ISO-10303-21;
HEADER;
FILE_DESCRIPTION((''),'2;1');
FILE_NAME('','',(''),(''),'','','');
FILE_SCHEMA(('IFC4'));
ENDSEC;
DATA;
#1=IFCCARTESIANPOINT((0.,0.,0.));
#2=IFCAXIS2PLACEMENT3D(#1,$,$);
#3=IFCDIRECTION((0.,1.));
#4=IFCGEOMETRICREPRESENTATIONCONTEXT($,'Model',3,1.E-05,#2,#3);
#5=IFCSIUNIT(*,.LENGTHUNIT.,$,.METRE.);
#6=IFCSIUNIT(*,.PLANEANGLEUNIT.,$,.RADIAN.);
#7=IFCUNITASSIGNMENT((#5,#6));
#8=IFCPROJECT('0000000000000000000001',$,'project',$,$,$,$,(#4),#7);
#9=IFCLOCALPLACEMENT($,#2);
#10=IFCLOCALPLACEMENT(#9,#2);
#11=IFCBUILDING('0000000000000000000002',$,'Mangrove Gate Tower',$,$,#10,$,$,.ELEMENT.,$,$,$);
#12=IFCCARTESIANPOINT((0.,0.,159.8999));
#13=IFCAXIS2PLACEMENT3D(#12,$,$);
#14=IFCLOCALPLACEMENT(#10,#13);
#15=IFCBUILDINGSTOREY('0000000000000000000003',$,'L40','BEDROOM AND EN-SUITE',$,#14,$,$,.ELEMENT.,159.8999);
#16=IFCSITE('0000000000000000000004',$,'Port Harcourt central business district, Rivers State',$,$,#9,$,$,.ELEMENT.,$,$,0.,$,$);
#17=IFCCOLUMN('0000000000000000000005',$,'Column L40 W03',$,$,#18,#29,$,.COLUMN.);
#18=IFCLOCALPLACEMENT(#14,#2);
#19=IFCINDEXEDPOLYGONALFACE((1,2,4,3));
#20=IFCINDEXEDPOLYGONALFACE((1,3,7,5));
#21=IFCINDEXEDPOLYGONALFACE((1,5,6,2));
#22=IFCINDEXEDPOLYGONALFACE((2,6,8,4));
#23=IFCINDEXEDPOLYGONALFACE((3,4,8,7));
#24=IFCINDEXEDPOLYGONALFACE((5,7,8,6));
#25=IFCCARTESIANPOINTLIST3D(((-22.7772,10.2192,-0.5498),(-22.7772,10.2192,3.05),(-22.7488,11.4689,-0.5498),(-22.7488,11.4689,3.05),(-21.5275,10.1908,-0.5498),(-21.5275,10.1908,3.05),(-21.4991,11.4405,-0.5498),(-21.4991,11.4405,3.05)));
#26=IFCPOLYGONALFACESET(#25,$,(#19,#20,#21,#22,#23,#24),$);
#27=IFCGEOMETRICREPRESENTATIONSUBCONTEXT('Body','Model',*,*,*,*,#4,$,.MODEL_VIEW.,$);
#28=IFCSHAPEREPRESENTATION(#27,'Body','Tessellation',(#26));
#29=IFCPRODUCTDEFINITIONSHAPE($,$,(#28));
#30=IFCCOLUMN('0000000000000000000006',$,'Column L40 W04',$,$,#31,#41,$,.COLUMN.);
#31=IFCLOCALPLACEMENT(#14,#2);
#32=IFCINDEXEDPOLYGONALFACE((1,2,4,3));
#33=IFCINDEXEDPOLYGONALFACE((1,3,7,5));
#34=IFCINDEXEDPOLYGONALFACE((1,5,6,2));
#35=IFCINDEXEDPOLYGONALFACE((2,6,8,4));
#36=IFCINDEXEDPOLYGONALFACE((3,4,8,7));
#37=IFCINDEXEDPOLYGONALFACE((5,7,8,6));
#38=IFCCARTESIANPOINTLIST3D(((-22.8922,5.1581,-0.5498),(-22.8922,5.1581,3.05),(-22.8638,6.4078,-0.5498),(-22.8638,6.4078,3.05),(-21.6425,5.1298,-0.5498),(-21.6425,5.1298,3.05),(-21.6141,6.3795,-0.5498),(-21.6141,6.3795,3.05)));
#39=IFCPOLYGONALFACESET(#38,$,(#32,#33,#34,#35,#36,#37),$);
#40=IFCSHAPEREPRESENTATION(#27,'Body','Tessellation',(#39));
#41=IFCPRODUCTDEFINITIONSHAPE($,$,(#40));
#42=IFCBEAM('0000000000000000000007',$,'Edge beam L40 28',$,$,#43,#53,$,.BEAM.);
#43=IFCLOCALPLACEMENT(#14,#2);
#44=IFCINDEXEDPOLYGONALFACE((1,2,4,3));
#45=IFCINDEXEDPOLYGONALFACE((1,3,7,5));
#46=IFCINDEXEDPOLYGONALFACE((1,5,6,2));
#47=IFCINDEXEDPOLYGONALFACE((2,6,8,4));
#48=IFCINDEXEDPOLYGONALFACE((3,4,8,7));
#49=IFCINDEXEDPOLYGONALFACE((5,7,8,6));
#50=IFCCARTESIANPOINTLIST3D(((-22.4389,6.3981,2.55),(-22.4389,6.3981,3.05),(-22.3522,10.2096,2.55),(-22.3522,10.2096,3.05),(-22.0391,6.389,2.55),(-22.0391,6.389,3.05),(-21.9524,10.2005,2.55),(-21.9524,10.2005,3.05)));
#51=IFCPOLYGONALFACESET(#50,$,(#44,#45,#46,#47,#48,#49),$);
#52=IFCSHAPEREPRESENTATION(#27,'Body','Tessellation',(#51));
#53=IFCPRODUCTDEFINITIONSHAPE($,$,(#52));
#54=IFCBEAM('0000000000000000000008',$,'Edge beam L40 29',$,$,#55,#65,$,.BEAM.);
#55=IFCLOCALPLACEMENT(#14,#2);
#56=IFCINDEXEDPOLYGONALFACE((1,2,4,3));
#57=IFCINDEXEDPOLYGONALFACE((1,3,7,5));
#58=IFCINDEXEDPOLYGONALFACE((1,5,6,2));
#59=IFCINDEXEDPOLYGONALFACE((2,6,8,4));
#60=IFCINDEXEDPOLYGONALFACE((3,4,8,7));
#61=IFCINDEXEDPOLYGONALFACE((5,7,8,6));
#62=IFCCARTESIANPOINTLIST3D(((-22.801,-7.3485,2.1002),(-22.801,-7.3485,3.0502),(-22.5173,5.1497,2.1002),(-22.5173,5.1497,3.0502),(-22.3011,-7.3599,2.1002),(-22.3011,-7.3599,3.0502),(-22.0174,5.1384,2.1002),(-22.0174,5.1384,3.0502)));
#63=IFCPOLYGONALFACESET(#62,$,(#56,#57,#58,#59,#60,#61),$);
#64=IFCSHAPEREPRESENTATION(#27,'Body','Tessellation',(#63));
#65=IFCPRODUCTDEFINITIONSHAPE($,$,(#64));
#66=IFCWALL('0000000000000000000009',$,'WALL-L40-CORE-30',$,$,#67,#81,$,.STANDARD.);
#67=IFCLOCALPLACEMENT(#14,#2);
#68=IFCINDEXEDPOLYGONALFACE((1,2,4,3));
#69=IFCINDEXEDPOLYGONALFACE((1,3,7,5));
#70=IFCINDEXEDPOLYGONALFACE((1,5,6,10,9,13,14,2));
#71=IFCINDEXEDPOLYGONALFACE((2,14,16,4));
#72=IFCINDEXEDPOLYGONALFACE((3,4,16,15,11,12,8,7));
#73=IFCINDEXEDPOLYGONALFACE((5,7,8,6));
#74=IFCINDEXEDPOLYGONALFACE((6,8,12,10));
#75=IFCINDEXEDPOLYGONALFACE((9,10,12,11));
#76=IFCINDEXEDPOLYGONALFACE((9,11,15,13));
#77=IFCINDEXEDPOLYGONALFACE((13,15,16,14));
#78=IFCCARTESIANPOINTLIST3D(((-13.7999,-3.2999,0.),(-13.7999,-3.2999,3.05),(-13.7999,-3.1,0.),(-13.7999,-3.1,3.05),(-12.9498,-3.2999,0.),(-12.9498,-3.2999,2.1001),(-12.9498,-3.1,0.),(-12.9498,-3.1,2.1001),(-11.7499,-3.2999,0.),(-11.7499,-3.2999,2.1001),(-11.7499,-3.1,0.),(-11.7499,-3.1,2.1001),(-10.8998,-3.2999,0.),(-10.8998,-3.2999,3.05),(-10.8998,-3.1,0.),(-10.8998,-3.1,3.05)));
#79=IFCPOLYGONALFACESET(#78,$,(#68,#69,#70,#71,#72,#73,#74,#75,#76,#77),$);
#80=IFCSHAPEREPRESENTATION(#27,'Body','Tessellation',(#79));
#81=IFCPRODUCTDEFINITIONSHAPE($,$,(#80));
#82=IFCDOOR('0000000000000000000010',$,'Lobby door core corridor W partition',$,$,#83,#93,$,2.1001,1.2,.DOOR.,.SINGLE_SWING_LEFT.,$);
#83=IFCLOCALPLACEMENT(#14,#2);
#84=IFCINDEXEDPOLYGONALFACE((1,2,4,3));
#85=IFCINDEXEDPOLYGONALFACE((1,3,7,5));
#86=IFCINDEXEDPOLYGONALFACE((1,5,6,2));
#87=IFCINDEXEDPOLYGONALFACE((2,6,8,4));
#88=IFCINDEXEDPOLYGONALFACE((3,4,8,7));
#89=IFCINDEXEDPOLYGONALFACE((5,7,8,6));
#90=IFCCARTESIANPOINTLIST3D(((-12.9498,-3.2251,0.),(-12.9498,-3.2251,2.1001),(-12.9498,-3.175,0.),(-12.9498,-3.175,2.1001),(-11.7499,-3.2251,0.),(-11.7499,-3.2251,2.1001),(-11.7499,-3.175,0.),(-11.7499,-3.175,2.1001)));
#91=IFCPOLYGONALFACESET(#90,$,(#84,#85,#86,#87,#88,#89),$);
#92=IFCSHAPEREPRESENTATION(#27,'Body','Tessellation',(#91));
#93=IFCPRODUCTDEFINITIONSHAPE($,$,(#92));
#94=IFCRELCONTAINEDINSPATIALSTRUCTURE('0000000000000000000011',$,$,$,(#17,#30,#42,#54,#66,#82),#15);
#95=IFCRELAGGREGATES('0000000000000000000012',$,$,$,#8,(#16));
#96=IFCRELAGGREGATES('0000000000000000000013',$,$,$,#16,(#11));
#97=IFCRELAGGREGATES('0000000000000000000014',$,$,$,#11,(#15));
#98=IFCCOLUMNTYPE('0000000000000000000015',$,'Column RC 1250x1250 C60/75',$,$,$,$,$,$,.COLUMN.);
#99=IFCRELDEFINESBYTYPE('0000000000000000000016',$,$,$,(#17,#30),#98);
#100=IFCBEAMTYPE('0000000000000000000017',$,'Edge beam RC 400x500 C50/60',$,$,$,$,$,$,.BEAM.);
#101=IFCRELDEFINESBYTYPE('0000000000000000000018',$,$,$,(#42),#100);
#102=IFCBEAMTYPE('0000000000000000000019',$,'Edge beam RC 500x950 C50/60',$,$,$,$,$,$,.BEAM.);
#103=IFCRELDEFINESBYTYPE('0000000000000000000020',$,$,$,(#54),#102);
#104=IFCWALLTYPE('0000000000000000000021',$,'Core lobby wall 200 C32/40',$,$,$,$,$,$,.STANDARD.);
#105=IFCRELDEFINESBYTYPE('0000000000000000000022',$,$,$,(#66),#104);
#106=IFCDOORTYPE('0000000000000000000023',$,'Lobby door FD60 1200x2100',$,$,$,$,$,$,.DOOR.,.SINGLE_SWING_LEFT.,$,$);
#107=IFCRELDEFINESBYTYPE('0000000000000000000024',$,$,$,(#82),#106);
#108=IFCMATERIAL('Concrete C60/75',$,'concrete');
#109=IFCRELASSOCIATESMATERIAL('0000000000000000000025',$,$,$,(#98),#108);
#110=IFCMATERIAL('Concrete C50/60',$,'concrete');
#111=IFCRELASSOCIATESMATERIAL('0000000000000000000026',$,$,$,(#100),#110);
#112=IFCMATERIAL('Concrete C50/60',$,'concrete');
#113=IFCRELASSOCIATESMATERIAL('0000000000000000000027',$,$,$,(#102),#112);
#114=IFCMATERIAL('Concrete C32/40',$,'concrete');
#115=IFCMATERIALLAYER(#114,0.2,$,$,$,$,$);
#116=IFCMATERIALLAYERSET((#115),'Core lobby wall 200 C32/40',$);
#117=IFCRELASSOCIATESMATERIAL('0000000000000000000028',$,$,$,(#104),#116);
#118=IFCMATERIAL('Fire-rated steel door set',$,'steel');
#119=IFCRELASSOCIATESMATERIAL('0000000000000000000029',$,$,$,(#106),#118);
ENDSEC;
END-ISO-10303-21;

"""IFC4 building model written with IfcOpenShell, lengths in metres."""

from ifc_helpers import new_model, si_unit, direction, frame, frame_2d, origin, origin_2d, place, context, subcontext, project, spatial, rectangle, extrude, material, layer, layer_set, material_profile, profile_set, type_object, element, fill, save


model = new_model("IFC4")

# Units and contexts
model_context = context("Model", 3, precision=1e-05, world=origin(), true_north=direction((0.0, 1.0)))
body_context = subcontext(model_context, "Body", "Model", "MODEL_VIEW")
ifc_project = project(units=[si_unit("LENGTHUNIT", "METRE"), si_unit("PLANEANGLEUNIT", "RADIAN")], contexts=[model_context])

# Site, building, storey
site_placement = place(None, origin())
site = spatial("IfcSite", under=ifc_project, at=site_placement, Name="Port Harcourt central business district, Rivers State", CompositionType="ELEMENT", RefElevation=0.0)
building_placement = place(site_placement, origin())
building = spatial("IfcBuilding", under=site, at=building_placement, Name="Mangrove Gate Tower", CompositionType="ELEMENT")
storey_placement = place(building_placement, frame((0.0, 0.0, 159.8999)))
storey = spatial("IfcBuildingStorey", under=building, at=storey_placement, Name="L40", Description="BEDROOM AND EN-SUITE", CompositionType="ELEMENT", Elevation=159.8999)

# Columns
ifc_material_1 = material(Name="Concrete C60/75", Category="concrete")
ifc_material_profile_1 = material_profile(ifc_material_1, rectangle(XDim=1.25, YDim=1.25, at=origin_2d()))
ifc_profile_set_1 = profile_set([ifc_material_profile_1], Name="Concrete C60/75")
column_type = type_object("IfcColumnType", Name="Column RC 1250x1250 C60/75", PredefinedType="COLUMN", material=ifc_profile_set_1)
for number, where, z_axis, x_axis, name in (
    (1, (-22.1382, 10.8298, -0.5498), (0.0, 0.0, 1.0), (-0.022717, -0.999742, 0.0), "Column L40 W03"),
    (2, (-22.2532, 5.7688, -0.5498), (0.0, 0.0, 1.0), (-0.022696, -0.999742, 0.0), "Column L40 W04"),
):
    element("IfcColumn", number, at=place(storey_placement, frame(where, z_axis=z_axis, x_axis=x_axis)), inside=storey, type_object=column_type, Name=name, PredefinedType="COLUMN", context=body_context, shape_type="SweptSolid", body=[
        extrude(rectangle(XDim=1.25, YDim=1.25, at=origin_2d()), origin(), (0.0, 0.0, 1.0), 3.5999),
    ])

# Beams
ifc_material_2 = material(Name="Concrete C50/60", Category="concrete")
ifc_material_profile_2 = material_profile(ifc_material_2, rectangle(XDim=0.3999, YDim=0.5, at=origin_2d()))
ifc_profile_set_2 = profile_set([ifc_material_profile_2], Name="Concrete C50/60")
beam_type_1 = type_object("IfcBeamType", Name="Edge beam RC 400x500 C50/60", PredefinedType="BEAM", material=ifc_profile_set_2)
beam_1_placement = place(storey_placement, frame((-22.1523, 10.2051, 2.8), z_axis=(-0.022733, -0.999742, 0.0), x_axis=(0.999742, -0.022733, 0.0)))
element("IfcBeam", 3, at=beam_1_placement, inside=storey, type_object=beam_type_1, Name="Edge beam L40 28", PredefinedType="BEAM", context=body_context, shape_type="SweptSolid", body=[
    extrude(rectangle(XDim=0.3999, YDim=0.5, at=origin_2d()), origin(), (0.0, 0.0, 1.0), 3.8125),
])
ifc_material_3 = material(Name="Concrete C50/60", Category="concrete")
ifc_material_profile_3 = material_profile(ifc_material_3, rectangle(XDim=0.5, YDim=0.95, at=origin_2d()))
ifc_profile_set_3 = profile_set([ifc_material_profile_3], Name="Concrete C50/60")
beam_type_2 = type_object("IfcBeamType", Name="Edge beam RC 500x950 C50/60", PredefinedType="BEAM", material=ifc_profile_set_3)
beam_2_placement = place(storey_placement, frame((-22.2673, 5.144, 2.5752), z_axis=(-0.022693, -0.999742, 0.0), x_axis=(0.999742, -0.022693, 0.0)))
element("IfcBeam", 4, at=beam_2_placement, inside=storey, type_object=beam_type_2, Name="Edge beam L40 29", PredefinedType="BEAM", context=body_context, shape_type="SweptSolid", body=[
    extrude(rectangle(XDim=0.5, YDim=0.95, at=origin_2d()), origin(), (0.0, 0.0, 1.0), 12.5015),
])

# Wall, opening, door
ifc_material_4 = material(Name="Concrete C32/40", Category="concrete")
ifc_layer_1 = layer(ifc_material_4, 0.2)
ifc_layer_set_1 = layer_set([ifc_layer_1], Name="Core lobby wall 200 C32/40")
wall_type_1 = type_object("IfcWallType", Name="Core lobby wall 200 C32/40", PredefinedType="STANDARD", material=ifc_layer_set_1)
wall_1_placement = place(storey_placement, frame((-13.8, -3.2, 0.0), z_axis=(0.0, 0.0, 1.0), x_axis=(1.0, 0.0, 0.0)))
wall_1 = element("IfcWall", 5, at=wall_1_placement, inside=storey, type_object=wall_type_1, Name="WALL-L40-CORE-30", PredefinedType="STANDARD", context=body_context, shape_type="SweptSolid", body=[
    extrude(rectangle(XDim=2.9001, YDim=0.2, at=frame_2d((1.4502, 0.0))), origin(), (0.0, 0.0, 1.0), 3.05),
])
opening_1_placement = place(wall_1_placement, frame((0.8501, 0.0, 0.0)))
opening_1 = element("IfcOpeningElement", 6, at=opening_1_placement, cuts=wall_1, PredefinedType="OPENING", context=body_context, shape_type="SweptSolid", body=[
    extrude(rectangle(XDim=1.2, YDim=2.1001, at=frame_2d((0.6001, 1.05))), frame((0.0, 0.1099, 0.0), z_axis=(0.0, -1.0, 0.0), x_axis=(1.0, 0.0, 0.0)), (0.0, 0.0, 1.0), 0.22),
])
ifc_material_5 = material(Name="Fire-rated steel door set", Category="steel")
door_type_1 = type_object("IfcDoorType", Name="Lobby door FD60 1200x2100", OperationType="SINGLE_SWING_LEFT", PredefinedType="DOOR", material=ifc_material_5)
door_1_placement = place(opening_1_placement, origin())
door_1 = element("IfcDoor", 7, at=door_1_placement, inside=storey, type_object=door_type_1, Name="Lobby door core corridor W partition", OperationType="SINGLE_SWING_LEFT", OverallHeight=2.1001, OverallWidth=1.2, PredefinedType="DOOR", context=body_context, shape_type="SweptSolid", body=[
    extrude(rectangle(XDim=1.2, YDim=2.1001, at=frame_2d((0.6001, 1.05))), frame((0.0, 0.0249, 0.0), z_axis=(0.0, -1.0, 0.0), x_axis=(1.0, 0.0, 0.0)), (0.0, 0.0, 1.0), 0.05),
])
fill(opening_1, door_1)

save(model, "model.ifc")
